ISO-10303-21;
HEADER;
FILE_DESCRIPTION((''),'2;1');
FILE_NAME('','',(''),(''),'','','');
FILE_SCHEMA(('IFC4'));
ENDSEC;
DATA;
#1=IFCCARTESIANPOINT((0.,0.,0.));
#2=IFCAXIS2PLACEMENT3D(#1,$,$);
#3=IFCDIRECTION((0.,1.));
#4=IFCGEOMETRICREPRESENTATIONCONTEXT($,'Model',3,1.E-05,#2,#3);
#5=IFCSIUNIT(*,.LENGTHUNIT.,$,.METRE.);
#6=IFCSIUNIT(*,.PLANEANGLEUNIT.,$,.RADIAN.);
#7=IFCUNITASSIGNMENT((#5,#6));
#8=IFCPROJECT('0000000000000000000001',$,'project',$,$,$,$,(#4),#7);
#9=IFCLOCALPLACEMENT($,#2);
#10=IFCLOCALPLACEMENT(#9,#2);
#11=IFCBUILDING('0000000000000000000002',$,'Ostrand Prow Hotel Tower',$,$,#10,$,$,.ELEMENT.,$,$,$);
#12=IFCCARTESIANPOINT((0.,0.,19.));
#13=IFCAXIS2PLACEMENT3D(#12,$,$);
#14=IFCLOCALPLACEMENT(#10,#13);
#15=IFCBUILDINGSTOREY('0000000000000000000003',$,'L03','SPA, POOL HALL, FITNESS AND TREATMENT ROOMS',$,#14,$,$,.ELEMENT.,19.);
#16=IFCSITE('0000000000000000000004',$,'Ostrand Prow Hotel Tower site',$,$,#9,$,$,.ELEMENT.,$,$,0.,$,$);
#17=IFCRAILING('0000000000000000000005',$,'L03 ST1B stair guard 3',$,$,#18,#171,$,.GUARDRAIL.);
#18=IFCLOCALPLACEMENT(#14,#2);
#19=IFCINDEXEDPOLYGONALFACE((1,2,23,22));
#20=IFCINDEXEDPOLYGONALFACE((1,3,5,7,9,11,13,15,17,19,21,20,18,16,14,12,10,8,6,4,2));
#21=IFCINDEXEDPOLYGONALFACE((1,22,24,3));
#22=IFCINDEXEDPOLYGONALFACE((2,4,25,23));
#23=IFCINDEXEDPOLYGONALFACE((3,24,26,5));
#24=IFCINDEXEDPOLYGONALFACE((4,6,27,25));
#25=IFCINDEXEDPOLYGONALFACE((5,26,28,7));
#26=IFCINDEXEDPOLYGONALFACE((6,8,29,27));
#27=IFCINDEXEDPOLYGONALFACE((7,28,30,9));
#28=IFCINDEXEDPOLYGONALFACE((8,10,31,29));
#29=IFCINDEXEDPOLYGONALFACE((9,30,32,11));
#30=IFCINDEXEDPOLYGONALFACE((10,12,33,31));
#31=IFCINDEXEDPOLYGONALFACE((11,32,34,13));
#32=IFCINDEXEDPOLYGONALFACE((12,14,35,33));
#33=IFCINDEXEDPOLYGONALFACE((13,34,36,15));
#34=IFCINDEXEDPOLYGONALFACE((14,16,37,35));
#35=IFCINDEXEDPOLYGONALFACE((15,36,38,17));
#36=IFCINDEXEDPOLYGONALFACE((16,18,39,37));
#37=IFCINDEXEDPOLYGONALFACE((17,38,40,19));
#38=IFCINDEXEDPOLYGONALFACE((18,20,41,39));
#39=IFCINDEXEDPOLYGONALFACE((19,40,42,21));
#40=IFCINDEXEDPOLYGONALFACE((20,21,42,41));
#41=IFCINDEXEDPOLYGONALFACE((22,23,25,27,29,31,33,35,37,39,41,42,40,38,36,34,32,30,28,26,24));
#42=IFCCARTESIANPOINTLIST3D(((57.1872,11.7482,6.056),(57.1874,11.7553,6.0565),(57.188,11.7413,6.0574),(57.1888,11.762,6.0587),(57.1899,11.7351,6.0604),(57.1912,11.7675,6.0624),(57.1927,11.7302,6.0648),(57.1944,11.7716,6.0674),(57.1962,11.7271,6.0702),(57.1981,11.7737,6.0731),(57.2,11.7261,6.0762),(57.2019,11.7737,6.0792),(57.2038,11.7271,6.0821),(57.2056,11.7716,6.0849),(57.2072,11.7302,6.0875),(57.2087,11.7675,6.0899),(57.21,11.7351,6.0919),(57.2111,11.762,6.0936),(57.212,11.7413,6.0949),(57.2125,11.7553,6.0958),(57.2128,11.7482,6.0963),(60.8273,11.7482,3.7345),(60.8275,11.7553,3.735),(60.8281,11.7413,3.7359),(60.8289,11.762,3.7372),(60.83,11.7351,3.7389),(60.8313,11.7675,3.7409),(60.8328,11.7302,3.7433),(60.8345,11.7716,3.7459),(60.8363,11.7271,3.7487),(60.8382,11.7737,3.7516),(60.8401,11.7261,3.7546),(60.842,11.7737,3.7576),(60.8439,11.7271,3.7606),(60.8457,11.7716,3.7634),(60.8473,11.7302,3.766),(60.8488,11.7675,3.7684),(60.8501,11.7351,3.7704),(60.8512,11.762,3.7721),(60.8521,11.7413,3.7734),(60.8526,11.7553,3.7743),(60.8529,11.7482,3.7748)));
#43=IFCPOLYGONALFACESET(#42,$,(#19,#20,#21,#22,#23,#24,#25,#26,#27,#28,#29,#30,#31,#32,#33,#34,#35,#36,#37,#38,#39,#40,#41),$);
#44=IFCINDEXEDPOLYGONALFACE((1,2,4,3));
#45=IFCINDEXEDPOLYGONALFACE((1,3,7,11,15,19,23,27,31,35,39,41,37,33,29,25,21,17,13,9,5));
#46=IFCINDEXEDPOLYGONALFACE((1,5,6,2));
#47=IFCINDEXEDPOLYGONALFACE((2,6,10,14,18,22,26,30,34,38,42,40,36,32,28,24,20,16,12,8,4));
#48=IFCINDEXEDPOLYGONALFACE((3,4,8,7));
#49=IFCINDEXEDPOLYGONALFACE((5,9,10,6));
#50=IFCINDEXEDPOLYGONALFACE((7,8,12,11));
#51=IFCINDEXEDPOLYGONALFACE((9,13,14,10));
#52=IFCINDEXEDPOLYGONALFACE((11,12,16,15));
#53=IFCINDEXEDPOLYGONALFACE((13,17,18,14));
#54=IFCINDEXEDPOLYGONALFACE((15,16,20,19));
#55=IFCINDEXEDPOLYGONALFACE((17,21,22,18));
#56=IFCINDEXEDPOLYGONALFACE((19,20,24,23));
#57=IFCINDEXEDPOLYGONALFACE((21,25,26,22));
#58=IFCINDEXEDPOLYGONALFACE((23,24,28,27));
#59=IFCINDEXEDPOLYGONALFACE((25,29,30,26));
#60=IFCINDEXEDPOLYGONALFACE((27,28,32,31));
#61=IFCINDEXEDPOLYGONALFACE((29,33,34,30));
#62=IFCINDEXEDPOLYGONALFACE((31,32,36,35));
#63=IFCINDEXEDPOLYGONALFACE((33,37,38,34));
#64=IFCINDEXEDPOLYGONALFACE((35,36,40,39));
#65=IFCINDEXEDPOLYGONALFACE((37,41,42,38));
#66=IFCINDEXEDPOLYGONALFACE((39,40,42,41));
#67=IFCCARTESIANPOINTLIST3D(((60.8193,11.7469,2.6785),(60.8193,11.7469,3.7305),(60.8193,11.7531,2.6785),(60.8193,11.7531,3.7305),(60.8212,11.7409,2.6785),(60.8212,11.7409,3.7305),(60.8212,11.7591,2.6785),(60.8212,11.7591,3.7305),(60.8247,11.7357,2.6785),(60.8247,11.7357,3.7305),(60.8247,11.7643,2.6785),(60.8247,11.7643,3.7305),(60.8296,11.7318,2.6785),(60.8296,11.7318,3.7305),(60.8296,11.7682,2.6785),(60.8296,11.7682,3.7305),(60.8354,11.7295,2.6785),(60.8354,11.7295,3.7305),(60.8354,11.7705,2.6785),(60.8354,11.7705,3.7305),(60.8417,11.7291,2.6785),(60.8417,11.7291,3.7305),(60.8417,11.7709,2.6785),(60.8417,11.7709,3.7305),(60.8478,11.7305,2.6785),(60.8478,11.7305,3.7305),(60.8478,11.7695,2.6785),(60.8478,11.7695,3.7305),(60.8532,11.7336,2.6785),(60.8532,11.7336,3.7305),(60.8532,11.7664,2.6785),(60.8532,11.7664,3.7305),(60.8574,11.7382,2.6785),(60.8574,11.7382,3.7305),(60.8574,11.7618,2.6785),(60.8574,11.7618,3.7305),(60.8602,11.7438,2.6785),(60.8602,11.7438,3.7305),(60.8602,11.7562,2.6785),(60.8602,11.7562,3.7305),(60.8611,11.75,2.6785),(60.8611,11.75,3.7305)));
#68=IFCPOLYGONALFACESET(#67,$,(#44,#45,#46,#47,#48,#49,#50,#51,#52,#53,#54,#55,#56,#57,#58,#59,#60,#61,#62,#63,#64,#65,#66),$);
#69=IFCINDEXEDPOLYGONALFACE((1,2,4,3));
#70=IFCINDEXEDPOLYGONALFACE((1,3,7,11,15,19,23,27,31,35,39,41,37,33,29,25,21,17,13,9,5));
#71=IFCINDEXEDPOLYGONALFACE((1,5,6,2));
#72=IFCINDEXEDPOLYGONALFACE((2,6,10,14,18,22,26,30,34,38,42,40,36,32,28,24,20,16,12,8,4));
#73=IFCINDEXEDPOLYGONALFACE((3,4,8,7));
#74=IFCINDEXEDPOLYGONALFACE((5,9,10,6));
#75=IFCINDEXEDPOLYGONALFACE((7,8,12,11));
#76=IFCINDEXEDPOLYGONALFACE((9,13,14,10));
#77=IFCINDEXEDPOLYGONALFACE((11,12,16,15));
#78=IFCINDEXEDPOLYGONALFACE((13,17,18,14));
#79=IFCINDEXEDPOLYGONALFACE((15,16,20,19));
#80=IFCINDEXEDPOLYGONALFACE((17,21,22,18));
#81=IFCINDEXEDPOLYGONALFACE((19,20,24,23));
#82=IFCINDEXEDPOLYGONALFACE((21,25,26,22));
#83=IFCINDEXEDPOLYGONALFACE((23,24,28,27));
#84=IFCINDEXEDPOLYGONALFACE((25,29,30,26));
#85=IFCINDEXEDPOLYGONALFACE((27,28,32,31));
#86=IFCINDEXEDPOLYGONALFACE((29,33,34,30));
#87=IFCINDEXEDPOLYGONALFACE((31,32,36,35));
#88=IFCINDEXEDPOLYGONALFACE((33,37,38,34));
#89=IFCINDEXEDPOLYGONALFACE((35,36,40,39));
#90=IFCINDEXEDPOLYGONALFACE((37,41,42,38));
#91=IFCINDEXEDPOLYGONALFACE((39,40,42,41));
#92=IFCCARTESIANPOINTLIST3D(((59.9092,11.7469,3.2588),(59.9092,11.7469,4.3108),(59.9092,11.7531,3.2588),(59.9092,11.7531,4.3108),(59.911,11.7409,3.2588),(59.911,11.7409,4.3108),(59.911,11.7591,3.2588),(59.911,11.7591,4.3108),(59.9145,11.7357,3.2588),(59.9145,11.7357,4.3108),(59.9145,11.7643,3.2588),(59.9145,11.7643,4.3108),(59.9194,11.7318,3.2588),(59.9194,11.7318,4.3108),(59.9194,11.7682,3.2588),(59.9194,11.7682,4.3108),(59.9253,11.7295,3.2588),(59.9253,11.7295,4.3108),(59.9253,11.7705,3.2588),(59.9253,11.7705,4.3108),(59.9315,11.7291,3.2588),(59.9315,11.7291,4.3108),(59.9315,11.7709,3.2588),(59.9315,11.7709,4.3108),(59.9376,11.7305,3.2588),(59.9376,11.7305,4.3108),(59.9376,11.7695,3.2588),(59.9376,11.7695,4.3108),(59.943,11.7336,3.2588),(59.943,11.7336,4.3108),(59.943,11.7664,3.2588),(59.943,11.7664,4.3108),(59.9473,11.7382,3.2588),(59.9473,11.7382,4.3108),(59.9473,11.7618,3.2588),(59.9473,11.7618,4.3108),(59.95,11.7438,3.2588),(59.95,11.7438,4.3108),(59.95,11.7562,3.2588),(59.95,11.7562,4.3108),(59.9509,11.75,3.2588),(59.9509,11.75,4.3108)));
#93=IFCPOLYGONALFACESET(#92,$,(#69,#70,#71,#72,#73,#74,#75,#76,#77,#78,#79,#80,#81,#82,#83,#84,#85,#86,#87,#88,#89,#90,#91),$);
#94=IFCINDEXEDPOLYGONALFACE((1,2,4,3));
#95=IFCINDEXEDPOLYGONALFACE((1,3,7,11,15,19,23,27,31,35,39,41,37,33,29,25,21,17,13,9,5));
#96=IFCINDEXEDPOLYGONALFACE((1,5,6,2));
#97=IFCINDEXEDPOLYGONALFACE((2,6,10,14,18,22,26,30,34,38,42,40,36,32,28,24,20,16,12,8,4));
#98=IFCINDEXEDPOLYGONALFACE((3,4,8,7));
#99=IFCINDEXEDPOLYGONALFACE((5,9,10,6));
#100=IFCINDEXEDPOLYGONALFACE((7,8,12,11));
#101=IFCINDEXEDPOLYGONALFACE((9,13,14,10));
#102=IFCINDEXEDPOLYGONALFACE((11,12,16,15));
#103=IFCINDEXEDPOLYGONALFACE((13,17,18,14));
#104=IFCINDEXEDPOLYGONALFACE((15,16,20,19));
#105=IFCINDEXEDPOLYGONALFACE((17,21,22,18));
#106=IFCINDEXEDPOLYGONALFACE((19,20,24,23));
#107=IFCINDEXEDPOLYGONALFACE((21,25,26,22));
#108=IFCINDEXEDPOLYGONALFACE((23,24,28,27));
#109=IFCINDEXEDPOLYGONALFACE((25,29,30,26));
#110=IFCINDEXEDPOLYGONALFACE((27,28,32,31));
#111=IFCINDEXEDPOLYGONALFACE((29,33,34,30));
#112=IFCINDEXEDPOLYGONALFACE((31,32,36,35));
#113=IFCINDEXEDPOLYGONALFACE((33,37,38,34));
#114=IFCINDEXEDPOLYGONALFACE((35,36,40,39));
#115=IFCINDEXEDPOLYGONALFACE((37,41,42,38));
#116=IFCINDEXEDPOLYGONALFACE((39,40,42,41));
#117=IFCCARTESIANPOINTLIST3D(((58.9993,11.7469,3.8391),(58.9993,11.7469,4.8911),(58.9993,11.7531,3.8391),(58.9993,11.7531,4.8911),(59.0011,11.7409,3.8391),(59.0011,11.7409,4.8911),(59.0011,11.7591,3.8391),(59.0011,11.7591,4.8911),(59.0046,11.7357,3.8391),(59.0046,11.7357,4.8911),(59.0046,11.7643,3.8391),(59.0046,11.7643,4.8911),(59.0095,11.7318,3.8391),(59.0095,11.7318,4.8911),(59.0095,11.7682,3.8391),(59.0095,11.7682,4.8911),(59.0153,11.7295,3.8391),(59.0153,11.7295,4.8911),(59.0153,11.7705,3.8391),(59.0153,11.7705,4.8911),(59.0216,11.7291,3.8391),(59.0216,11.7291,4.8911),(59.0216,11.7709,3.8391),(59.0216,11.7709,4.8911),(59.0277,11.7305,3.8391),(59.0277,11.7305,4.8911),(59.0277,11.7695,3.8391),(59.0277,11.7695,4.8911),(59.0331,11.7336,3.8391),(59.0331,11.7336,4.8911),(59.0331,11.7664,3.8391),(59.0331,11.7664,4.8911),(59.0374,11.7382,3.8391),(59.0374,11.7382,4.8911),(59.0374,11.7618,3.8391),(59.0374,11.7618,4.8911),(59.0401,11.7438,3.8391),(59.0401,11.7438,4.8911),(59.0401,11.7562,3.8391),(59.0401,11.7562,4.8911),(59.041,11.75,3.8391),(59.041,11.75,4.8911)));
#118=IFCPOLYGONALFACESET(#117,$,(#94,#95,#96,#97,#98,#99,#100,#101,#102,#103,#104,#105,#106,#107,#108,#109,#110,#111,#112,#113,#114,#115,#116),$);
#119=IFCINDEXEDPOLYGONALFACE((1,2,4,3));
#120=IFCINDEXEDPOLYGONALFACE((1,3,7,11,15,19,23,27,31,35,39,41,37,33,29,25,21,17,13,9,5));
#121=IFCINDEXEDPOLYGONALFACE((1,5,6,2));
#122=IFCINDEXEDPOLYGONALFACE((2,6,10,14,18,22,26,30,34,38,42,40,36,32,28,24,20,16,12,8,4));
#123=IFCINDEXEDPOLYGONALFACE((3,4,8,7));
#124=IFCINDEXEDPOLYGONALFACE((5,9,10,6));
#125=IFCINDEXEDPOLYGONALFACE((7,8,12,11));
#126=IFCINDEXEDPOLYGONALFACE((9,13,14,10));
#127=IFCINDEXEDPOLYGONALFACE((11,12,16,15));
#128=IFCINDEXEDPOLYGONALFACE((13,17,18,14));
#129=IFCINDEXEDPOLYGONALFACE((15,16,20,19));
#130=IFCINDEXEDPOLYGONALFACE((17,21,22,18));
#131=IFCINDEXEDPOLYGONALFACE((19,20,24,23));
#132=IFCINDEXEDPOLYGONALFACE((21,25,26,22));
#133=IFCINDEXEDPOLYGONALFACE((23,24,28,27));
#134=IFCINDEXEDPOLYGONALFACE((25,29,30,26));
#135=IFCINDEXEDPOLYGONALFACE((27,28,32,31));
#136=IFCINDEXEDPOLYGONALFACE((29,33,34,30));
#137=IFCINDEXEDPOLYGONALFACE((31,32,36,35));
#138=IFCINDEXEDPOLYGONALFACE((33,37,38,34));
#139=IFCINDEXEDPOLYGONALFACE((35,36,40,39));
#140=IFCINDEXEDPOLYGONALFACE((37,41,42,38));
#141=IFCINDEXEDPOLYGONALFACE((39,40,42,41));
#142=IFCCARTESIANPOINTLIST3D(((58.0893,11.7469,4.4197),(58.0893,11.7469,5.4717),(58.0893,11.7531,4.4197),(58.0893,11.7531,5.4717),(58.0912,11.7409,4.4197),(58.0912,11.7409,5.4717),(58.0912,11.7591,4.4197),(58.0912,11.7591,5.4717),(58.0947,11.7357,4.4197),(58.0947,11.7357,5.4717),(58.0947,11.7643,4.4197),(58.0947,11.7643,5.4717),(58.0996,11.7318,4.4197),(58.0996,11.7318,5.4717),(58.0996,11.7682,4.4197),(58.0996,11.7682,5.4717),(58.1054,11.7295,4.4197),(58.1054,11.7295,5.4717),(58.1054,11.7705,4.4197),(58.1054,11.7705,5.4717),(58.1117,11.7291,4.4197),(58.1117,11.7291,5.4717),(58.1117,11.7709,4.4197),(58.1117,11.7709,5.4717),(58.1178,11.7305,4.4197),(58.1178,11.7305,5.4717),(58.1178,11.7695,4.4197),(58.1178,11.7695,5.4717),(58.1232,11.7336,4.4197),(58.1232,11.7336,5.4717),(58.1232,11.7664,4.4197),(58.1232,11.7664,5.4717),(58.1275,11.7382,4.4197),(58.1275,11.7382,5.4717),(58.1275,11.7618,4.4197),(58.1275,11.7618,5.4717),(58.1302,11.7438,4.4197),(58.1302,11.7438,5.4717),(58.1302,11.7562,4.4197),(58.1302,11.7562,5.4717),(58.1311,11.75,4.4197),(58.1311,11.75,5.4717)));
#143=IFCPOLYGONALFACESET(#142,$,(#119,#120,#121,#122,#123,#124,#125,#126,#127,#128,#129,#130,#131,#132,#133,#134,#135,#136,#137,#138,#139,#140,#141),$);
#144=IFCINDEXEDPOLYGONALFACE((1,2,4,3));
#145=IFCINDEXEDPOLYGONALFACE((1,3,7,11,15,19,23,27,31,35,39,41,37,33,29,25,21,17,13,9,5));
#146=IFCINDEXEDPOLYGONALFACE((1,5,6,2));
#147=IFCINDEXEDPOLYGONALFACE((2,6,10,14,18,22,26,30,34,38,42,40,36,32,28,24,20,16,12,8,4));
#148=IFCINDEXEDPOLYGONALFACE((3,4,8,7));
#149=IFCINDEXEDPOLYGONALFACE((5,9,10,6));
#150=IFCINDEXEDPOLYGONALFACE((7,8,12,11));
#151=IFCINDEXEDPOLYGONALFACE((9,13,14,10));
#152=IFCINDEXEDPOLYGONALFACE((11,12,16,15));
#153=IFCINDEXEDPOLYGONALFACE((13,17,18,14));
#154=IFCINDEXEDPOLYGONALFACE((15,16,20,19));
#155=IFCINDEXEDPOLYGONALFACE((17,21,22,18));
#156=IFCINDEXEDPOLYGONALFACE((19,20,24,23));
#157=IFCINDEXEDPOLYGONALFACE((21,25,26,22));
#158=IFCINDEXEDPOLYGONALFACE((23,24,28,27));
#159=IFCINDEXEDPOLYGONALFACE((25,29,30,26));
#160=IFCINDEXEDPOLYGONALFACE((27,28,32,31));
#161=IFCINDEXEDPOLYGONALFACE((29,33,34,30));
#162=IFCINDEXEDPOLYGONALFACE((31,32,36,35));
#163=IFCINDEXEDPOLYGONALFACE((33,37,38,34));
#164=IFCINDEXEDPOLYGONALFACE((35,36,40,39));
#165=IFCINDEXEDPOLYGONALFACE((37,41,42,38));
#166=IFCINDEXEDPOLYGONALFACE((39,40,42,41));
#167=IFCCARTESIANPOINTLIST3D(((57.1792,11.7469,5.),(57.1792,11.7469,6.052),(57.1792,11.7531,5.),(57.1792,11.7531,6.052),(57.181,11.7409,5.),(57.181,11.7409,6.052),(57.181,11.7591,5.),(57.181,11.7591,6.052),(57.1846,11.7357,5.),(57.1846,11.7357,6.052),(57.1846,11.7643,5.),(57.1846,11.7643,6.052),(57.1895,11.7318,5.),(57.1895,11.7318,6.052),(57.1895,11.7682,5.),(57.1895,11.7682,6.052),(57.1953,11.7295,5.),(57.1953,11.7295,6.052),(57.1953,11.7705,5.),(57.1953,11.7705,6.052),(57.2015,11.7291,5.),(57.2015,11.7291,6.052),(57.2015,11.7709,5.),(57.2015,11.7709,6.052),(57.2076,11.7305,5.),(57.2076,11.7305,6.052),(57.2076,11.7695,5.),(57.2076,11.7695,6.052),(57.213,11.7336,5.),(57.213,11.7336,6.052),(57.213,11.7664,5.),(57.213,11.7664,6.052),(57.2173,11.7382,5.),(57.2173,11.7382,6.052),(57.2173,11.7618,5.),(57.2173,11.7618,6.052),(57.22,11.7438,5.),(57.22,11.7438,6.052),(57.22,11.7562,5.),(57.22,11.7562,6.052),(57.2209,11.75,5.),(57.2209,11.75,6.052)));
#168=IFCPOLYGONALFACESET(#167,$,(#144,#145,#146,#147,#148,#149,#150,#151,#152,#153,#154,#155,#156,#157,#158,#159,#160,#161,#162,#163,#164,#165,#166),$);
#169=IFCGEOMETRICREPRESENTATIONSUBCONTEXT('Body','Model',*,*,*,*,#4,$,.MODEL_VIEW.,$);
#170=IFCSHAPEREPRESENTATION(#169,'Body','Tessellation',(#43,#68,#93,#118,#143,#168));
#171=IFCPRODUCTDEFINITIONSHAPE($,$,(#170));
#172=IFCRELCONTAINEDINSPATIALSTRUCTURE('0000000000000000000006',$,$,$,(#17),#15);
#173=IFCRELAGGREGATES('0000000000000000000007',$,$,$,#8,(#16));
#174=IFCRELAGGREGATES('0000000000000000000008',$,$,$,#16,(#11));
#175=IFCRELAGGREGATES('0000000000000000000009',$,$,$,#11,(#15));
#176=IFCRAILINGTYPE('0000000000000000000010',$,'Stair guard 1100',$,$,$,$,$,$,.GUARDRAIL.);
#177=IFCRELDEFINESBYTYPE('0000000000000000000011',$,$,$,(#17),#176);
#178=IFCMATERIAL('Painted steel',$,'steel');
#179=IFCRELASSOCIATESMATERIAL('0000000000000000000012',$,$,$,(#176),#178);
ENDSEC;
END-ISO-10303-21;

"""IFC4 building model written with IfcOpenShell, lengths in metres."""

from ifc_helpers import new_model, si_unit, direction, frame, origin, origin_2d, place, context, subcontext, project, spatial, circle, extrude, material, type_object, element, save


model = new_model("IFC4")

# Units and contexts
model_context = context("Model", 3, precision=1e-05, world=origin(), true_north=direction((0.0, 1.0)))
body_context = subcontext(model_context, "Body", "Model", "MODEL_VIEW")
ifc_project = project(units=[si_unit("LENGTHUNIT", "METRE"), si_unit("PLANEANGLEUNIT", "RADIAN")], contexts=[model_context])

# Site, building, storey
site_placement = place(None, origin())
site = spatial("IfcSite", under=ifc_project, at=site_placement, Name="Ostrand Prow Hotel Tower site", CompositionType="ELEMENT", RefElevation=0.0)
building_placement = place(site_placement, origin())
building = spatial("IfcBuilding", under=site, at=building_placement, Name="Ostrand Prow Hotel Tower", CompositionType="ELEMENT")
storey_placement = place(building_placement, frame((0.0, 0.0, 19.0)))
storey = spatial("IfcBuildingStorey", under=building, at=storey_placement, Name="L03", Description="SPA, POOL HALL, FITNESS AND TREATMENT ROOMS", CompositionType="ELEMENT", Elevation=19.0)

# Railing
ifc_material_1 = material(Name="Painted steel", Category="steel")
railing_type_1 = type_object("IfcRailingType", Name="Stair guard 1100", PredefinedType="GUARDRAIL", material=ifc_material_1)
railing_1_placement = place(storey_placement, frame((60.8401, 11.75, 2.6785)))
element("IfcRailing", 1, at=railing_1_placement, inside=storey, type_object=railing_type_1, Name="L03 ST1B stair guard 3", PredefinedType="GUARDRAIL", context=body_context, shape_type="SweptSolid", body=[
    extrude(circle(Radius=0.0239, at=origin_2d()), frame((0.0, 0.0, 1.0762), z_axis=(-0.843128, 0.0, 0.537713), x_axis=(0.0, -1.0, 0.0)), (0.0, 0.0, 1.0), 4.3174),
    extrude(circle(Radius=0.021, at=origin_2d()), origin(), (0.0, 0.0, 1.0), 1.052),
    extrude(circle(Radius=0.021, at=origin_2d()), frame((-0.9102, 0.0, 0.5803)), (0.0, 0.0, 1.0), 1.052),
    extrude(circle(Radius=0.021, at=origin_2d()), frame((-1.8201, 0.0, 1.1606)), (0.0, 0.0, 1.0), 1.052),
    extrude(circle(Radius=0.021, at=origin_2d()), frame((-2.73, 0.0, 1.7412)), (0.0, 0.0, 1.0), 1.052),
    extrude(circle(Radius=0.021, at=origin_2d()), frame((-3.6401, 0.0, 2.3215)), (0.0, 0.0, 1.0), 1.052),
])

save(model, "model.ifc")
